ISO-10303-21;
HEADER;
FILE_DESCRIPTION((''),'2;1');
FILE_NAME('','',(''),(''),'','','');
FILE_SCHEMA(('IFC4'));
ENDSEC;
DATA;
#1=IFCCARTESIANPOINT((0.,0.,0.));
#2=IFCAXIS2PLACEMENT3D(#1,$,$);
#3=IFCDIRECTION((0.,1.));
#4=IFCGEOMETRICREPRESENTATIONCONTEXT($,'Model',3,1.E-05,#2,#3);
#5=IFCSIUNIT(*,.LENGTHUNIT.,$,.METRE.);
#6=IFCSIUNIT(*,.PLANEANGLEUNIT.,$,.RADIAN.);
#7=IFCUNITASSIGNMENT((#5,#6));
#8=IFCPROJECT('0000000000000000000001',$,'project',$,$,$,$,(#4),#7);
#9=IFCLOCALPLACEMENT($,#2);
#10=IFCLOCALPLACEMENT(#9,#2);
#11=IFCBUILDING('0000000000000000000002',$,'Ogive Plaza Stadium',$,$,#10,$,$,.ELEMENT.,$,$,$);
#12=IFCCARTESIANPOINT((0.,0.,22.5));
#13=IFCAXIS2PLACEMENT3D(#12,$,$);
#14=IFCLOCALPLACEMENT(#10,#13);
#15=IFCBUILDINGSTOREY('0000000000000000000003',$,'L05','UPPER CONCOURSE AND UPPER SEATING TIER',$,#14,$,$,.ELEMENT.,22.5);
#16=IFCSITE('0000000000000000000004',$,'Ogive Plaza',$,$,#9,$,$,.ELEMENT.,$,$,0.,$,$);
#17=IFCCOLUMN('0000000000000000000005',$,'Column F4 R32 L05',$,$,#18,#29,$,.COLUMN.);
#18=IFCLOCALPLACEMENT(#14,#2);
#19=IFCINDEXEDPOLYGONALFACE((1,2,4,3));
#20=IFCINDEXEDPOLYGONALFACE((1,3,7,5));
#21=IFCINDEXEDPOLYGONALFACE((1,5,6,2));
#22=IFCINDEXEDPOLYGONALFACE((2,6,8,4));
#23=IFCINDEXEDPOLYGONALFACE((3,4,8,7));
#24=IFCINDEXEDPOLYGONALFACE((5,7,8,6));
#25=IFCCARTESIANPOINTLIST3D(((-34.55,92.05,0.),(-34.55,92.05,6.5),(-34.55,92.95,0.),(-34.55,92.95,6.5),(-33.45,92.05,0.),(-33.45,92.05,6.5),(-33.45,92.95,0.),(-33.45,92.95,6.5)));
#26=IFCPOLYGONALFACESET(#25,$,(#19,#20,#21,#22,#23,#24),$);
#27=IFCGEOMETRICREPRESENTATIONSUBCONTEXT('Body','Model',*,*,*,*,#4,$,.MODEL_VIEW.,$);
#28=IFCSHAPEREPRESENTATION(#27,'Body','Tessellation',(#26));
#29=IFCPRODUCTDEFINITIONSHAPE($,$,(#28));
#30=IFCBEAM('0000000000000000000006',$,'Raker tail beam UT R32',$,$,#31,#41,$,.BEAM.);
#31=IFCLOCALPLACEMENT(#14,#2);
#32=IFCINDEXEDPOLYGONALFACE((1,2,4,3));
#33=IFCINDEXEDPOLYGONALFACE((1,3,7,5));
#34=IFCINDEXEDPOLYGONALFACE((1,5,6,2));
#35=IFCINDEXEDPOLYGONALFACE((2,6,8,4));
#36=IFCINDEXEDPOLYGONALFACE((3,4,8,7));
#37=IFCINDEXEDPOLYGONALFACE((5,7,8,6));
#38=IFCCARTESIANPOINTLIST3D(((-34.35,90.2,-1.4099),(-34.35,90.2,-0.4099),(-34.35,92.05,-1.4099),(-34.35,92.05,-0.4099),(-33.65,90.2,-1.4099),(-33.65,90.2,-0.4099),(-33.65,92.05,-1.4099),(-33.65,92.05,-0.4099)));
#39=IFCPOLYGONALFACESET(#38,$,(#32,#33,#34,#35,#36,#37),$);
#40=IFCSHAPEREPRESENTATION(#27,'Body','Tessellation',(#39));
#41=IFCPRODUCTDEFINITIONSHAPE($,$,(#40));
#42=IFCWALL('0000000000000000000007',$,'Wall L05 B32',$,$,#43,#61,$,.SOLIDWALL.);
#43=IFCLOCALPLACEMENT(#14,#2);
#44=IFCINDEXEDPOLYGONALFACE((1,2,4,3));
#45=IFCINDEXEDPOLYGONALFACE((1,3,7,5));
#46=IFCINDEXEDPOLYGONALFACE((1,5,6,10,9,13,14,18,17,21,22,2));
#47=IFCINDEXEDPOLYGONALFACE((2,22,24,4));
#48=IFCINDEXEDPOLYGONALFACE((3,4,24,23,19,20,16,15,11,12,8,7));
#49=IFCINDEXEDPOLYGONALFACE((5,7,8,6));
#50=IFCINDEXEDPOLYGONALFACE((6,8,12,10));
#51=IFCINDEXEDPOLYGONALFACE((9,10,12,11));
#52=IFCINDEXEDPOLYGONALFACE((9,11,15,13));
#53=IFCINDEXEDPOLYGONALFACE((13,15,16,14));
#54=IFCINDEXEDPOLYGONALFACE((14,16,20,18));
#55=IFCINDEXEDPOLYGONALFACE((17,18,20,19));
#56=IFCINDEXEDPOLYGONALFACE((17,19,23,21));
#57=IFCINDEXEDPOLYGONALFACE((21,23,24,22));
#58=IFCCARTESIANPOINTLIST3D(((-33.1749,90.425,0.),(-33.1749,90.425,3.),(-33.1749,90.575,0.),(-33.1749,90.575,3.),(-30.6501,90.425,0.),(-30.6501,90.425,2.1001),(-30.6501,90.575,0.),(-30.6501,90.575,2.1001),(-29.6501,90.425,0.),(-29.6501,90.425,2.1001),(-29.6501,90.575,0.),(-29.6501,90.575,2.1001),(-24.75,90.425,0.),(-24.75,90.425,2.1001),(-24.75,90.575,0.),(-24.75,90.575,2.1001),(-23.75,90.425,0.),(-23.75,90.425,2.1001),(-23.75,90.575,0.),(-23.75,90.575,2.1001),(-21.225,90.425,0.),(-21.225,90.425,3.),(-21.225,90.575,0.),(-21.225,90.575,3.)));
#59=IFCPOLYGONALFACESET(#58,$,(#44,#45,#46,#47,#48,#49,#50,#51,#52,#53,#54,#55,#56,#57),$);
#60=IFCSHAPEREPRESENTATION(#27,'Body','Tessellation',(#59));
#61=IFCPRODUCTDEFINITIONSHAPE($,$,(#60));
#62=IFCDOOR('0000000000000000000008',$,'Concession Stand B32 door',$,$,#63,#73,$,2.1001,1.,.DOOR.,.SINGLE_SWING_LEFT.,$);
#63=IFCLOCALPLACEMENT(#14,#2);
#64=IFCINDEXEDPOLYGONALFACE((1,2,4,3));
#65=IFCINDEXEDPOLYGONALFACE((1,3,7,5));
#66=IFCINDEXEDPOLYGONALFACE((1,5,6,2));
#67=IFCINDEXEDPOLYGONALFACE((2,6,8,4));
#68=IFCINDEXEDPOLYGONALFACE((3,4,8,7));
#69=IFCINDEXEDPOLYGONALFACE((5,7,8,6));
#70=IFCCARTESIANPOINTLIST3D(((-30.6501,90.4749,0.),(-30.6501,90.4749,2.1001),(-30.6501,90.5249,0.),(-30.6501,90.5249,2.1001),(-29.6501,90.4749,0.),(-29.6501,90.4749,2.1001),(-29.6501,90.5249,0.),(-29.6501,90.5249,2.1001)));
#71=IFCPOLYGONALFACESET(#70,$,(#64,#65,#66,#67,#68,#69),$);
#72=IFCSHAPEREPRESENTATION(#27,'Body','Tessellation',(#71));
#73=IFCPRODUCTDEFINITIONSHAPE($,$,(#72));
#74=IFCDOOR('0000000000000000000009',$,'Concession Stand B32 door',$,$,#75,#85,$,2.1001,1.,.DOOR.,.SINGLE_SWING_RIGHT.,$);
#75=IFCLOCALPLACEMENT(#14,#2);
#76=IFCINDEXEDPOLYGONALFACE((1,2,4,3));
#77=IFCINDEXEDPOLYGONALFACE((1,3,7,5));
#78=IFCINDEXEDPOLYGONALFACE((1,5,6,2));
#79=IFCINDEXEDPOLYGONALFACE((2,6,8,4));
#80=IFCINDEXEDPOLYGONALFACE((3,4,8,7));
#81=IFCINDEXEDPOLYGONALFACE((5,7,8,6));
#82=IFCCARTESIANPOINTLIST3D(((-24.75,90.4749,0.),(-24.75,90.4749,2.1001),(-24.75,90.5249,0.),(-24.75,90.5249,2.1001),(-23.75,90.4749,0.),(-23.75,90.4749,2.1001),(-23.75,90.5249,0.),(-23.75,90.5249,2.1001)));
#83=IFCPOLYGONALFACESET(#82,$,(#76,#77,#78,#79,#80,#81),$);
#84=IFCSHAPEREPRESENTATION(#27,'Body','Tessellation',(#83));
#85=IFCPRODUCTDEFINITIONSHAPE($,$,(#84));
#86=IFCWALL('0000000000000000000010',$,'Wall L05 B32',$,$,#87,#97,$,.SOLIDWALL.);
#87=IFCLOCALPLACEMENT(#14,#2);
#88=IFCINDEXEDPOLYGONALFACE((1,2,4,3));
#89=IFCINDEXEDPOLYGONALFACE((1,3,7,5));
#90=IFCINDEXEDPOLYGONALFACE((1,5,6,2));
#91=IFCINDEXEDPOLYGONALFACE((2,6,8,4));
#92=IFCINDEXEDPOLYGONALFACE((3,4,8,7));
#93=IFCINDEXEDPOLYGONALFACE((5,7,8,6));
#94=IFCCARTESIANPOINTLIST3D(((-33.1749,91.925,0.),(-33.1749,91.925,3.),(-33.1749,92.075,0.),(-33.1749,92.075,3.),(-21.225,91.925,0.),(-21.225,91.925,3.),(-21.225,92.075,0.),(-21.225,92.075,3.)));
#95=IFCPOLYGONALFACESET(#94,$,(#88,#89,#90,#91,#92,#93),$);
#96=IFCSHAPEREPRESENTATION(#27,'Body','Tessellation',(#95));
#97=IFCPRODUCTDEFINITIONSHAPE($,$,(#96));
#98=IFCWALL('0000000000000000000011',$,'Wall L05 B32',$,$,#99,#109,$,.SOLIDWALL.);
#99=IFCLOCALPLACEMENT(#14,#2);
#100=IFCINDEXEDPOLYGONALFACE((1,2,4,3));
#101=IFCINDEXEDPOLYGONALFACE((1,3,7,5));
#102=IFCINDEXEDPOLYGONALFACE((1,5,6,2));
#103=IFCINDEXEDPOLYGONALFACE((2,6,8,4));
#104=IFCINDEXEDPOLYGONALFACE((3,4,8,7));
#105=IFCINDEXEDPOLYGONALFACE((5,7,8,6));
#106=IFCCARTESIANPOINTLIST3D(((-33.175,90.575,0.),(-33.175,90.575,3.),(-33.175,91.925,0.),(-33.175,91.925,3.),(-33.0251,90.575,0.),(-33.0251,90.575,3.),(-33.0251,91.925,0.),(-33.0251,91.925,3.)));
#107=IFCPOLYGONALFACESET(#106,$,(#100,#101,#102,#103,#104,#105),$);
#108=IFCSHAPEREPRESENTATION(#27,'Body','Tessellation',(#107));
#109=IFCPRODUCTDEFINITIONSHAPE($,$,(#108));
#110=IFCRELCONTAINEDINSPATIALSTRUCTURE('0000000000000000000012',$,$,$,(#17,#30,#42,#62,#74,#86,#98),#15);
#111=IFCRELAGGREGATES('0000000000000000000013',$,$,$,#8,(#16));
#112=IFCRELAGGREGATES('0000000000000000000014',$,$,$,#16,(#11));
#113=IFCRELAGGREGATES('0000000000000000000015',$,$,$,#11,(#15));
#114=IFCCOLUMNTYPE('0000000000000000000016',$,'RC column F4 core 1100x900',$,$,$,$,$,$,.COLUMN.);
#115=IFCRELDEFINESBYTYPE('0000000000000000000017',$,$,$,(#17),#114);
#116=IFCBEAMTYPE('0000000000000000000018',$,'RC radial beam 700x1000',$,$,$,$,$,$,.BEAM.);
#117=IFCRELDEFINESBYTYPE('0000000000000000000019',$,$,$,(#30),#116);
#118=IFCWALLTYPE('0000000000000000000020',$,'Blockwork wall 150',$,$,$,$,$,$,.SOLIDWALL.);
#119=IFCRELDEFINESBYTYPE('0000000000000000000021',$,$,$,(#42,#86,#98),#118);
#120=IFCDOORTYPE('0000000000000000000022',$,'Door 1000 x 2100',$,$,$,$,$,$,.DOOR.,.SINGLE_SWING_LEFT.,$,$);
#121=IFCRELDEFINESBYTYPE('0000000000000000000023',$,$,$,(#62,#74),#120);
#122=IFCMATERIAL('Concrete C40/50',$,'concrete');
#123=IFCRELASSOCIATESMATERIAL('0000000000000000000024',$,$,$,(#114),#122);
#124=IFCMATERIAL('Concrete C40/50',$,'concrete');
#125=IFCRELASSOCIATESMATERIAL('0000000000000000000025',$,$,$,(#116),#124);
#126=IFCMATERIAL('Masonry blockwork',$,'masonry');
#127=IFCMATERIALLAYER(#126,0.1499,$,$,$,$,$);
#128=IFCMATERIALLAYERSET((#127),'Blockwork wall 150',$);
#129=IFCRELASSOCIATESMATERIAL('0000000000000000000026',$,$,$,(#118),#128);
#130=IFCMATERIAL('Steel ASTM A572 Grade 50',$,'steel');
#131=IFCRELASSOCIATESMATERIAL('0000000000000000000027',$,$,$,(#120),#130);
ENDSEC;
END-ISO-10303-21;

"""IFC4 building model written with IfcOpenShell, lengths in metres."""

from ifc_helpers import new_model, si_unit, direction, frame, frame_2d, origin, origin_2d, place, context, subcontext, project, spatial, rectangle, extrude, material, layer, layer_set, material_profile, profile_set, type_object, element, fill, save


model = new_model("IFC4")

# Units and contexts
model_context = context("Model", 3, precision=1e-05, world=origin(), true_north=direction((0.0, 1.0)))
body_context = subcontext(model_context, "Body", "Model", "MODEL_VIEW")
ifc_project = project(units=[si_unit("LENGTHUNIT", "METRE"), si_unit("PLANEANGLEUNIT", "RADIAN")], contexts=[model_context])

# Site, building, storey
site_placement = place(None, origin())
site = spatial("IfcSite", under=ifc_project, at=site_placement, Name="Ogive Plaza", CompositionType="ELEMENT", RefElevation=0.0)
building_placement = place(site_placement, origin())
building = spatial("IfcBuilding", under=site, at=building_placement, Name="Ogive Plaza Stadium", CompositionType="ELEMENT")
storey_placement = place(building_placement, frame((0.0, 0.0, 22.5)))
storey = spatial("IfcBuildingStorey", under=building, at=storey_placement, Name="L05", Description="UPPER CONCOURSE AND UPPER SEATING TIER", CompositionType="ELEMENT", Elevation=22.5)

# Column
ifc_material_1 = material(Name="Concrete C40/50", Category="concrete")
ifc_material_profile_1 = material_profile(ifc_material_1, rectangle(XDim=1.1001, YDim=0.8999, at=origin_2d()), Name="RC 1100x900")
ifc_profile_set_1 = profile_set([ifc_material_profile_1], Name="Concrete C40/50")
column_type = type_object("IfcColumnType", Name="RC column F4 core 1100x900", PredefinedType="COLUMN", material=ifc_profile_set_1)
column_placement = place(storey_placement, frame((-34.0, 92.5, 0.0), z_axis=(0.0, 0.0, 1.0), x_axis=(-1.0, 0.0, 0.0)))
element("IfcColumn", 1, at=column_placement, inside=storey, type_object=column_type, Name="Column F4 R32 L05", PredefinedType="COLUMN", context=body_context, shape_type="SweptSolid", body=[
    extrude(rectangle(XDim=1.1001, YDim=0.8999, at=origin_2d()), origin(), (0.0, 0.0, 1.0), 6.5),
])

# Beam
ifc_material_2 = material(Name="Concrete C40/50", Category="concrete")
ifc_material_profile_2 = material_profile(ifc_material_2, rectangle(XDim=0.7, YDim=1.0, at=origin_2d()), Name="RC 700x1000")
ifc_profile_set_2 = profile_set([ifc_material_profile_2], Name="Concrete C40/50")
beam_type = type_object("IfcBeamType", Name="RC radial beam 700x1000", PredefinedType="BEAM", material=ifc_profile_set_2)
beam_placement = place(storey_placement, frame((-34.0, 90.2, -0.9099), z_axis=(0.0, 1.0, 0.0), x_axis=(-1.0, 0.0, 0.0)))
element("IfcBeam", 2, at=beam_placement, inside=storey, type_object=beam_type, Name="Raker tail beam UT R32", PredefinedType="BEAM", context=body_context, shape_type="SweptSolid", body=[
    extrude(rectangle(XDim=0.7, YDim=1.0, at=origin_2d()), origin(), (0.0, 0.0, 1.0), 1.8501),
])

# Wall, openings, doors
ifc_material_3 = material(Name="Masonry blockwork", Category="masonry")
ifc_layer_1 = layer(ifc_material_3, 0.1499)
ifc_layer_set_1 = layer_set([ifc_layer_1], Name="Blockwork wall 150")
wall_type_1 = type_object("IfcWallType", Name="Blockwork wall 150", PredefinedType="SOLIDWALL", material=ifc_layer_set_1)
wall_1_placement = place(storey_placement, frame((-33.175, 90.5, 0.0), z_axis=(0.0, 0.0, 1.0), x_axis=(1.0, 0.0, 0.0)))
wall_1 = element("IfcWall", 3, at=wall_1_placement, inside=storey, type_object=wall_type_1, Name="Wall L05 B32", PredefinedType="SOLIDWALL", context=body_context, shape_type="SweptSolid", body=[
    extrude(rectangle(XDim=11.95, YDim=0.1499, at=frame_2d((5.9751, 0.0))), origin(), (0.0, 0.0, 1.0), 3.0),
])
opening_1_placement = place(wall_1_placement, frame((2.5249, 0.0, 0.0)))
opening_1 = element("IfcOpeningElement", 4, at=opening_1_placement, cuts=wall_1, PredefinedType="OPENING", context=body_context, shape_type="SweptSolid", body=[
    extrude(rectangle(XDim=1.0, YDim=2.1001, at=frame_2d((0.5, 1.05))), frame((0.0, 0.075, 0.0), z_axis=(0.0, -1.0, 0.0), x_axis=(1.0, 0.0, 0.0)), (0.0, 0.0, 1.0), 0.1499),
])
opening_2_placement = place(wall_1_placement, frame((8.425, 0.0, 0.0)))
opening_2 = element("IfcOpeningElement", 5, at=opening_2_placement, cuts=wall_1, PredefinedType="OPENING", context=body_context, shape_type="SweptSolid", body=[
    extrude(rectangle(XDim=1.0, YDim=2.1001, at=frame_2d((0.5, 1.05))), frame((0.0, 0.075, 0.0), z_axis=(0.0, -1.0, 0.0), x_axis=(1.0, 0.0, 0.0)), (0.0, 0.0, 1.0), 0.1499),
])
ifc_material_4 = material(Name="Steel ASTM A572 Grade 50", Category="steel")
door_type_1 = type_object("IfcDoorType", Name="Door 1000 x 2100", OperationType="SINGLE_SWING_LEFT", PredefinedType="DOOR", material=ifc_material_4)
door_1_placement = place(opening_1_placement, origin())
door_1 = element("IfcDoor", 6, at=door_1_placement, inside=storey, type_object=door_type_1, Name="Concession Stand B32 door", OperationType="SINGLE_SWING_LEFT", OverallHeight=2.1001, OverallWidth=1.0, PredefinedType="DOOR", context=body_context, shape_type="SweptSolid", body=[
    extrude(rectangle(XDim=1.0, YDim=2.1001, at=frame_2d((0.5, 1.05))), frame((0.0, 0.0249, 0.0), z_axis=(0.0, -1.0, 0.0), x_axis=(1.0, 0.0, 0.0)), (0.0, 0.0, 1.0), 0.05),
])
fill(opening_1, door_1)
door_2_placement = place(opening_2_placement, origin())
door_2 = element("IfcDoor", 7, at=door_2_placement, inside=storey, type_object=door_type_1, Name="Concession Stand B32 door", OperationType="SINGLE_SWING_RIGHT", OverallHeight=2.1001, OverallWidth=1.0, PredefinedType="DOOR", context=body_context, shape_type="SweptSolid", body=[
    extrude(rectangle(XDim=1.0, YDim=2.1001, at=frame_2d((0.5, 1.05))), frame((0.0, 0.0249, 0.0), z_axis=(0.0, -1.0, 0.0), x_axis=(1.0, 0.0, 0.0)), (0.0, 0.0, 1.0), 0.05),
])
fill(opening_2, door_2)

# Walls
wall_2_placement = place(storey_placement, frame((-33.175, 92.0, 0.0), z_axis=(0.0, 0.0, 1.0), x_axis=(1.0, 0.0, 0.0)))
element("IfcWall", 8, at=wall_2_placement, inside=storey, type_object=wall_type_1, Name="Wall L05 B32", PredefinedType="SOLIDWALL", context=body_context, shape_type="SweptSolid", body=[
    extrude(rectangle(XDim=11.95, YDim=0.1499, at=frame_2d((5.9751, 0.0))), origin(), (0.0, 0.0, 1.0), 3.0),
])
wall_3_placement = place(storey_placement, frame((-33.1001, 90.575, 0.0), z_axis=(0.0, 0.0, 1.0), x_axis=(0.0, 1.0, 0.0)))
element("IfcWall", 9, at=wall_3_placement, inside=storey, type_object=wall_type_1, Name="Wall L05 B32", PredefinedType="SOLIDWALL", context=body_context, shape_type="SweptSolid", body=[
    extrude(rectangle(XDim=1.3501, YDim=0.1499, at=frame_2d((0.675, 0.0))), origin(), (0.0, 0.0, 1.0), 3.0),
])

save(model, "model.ifc")
